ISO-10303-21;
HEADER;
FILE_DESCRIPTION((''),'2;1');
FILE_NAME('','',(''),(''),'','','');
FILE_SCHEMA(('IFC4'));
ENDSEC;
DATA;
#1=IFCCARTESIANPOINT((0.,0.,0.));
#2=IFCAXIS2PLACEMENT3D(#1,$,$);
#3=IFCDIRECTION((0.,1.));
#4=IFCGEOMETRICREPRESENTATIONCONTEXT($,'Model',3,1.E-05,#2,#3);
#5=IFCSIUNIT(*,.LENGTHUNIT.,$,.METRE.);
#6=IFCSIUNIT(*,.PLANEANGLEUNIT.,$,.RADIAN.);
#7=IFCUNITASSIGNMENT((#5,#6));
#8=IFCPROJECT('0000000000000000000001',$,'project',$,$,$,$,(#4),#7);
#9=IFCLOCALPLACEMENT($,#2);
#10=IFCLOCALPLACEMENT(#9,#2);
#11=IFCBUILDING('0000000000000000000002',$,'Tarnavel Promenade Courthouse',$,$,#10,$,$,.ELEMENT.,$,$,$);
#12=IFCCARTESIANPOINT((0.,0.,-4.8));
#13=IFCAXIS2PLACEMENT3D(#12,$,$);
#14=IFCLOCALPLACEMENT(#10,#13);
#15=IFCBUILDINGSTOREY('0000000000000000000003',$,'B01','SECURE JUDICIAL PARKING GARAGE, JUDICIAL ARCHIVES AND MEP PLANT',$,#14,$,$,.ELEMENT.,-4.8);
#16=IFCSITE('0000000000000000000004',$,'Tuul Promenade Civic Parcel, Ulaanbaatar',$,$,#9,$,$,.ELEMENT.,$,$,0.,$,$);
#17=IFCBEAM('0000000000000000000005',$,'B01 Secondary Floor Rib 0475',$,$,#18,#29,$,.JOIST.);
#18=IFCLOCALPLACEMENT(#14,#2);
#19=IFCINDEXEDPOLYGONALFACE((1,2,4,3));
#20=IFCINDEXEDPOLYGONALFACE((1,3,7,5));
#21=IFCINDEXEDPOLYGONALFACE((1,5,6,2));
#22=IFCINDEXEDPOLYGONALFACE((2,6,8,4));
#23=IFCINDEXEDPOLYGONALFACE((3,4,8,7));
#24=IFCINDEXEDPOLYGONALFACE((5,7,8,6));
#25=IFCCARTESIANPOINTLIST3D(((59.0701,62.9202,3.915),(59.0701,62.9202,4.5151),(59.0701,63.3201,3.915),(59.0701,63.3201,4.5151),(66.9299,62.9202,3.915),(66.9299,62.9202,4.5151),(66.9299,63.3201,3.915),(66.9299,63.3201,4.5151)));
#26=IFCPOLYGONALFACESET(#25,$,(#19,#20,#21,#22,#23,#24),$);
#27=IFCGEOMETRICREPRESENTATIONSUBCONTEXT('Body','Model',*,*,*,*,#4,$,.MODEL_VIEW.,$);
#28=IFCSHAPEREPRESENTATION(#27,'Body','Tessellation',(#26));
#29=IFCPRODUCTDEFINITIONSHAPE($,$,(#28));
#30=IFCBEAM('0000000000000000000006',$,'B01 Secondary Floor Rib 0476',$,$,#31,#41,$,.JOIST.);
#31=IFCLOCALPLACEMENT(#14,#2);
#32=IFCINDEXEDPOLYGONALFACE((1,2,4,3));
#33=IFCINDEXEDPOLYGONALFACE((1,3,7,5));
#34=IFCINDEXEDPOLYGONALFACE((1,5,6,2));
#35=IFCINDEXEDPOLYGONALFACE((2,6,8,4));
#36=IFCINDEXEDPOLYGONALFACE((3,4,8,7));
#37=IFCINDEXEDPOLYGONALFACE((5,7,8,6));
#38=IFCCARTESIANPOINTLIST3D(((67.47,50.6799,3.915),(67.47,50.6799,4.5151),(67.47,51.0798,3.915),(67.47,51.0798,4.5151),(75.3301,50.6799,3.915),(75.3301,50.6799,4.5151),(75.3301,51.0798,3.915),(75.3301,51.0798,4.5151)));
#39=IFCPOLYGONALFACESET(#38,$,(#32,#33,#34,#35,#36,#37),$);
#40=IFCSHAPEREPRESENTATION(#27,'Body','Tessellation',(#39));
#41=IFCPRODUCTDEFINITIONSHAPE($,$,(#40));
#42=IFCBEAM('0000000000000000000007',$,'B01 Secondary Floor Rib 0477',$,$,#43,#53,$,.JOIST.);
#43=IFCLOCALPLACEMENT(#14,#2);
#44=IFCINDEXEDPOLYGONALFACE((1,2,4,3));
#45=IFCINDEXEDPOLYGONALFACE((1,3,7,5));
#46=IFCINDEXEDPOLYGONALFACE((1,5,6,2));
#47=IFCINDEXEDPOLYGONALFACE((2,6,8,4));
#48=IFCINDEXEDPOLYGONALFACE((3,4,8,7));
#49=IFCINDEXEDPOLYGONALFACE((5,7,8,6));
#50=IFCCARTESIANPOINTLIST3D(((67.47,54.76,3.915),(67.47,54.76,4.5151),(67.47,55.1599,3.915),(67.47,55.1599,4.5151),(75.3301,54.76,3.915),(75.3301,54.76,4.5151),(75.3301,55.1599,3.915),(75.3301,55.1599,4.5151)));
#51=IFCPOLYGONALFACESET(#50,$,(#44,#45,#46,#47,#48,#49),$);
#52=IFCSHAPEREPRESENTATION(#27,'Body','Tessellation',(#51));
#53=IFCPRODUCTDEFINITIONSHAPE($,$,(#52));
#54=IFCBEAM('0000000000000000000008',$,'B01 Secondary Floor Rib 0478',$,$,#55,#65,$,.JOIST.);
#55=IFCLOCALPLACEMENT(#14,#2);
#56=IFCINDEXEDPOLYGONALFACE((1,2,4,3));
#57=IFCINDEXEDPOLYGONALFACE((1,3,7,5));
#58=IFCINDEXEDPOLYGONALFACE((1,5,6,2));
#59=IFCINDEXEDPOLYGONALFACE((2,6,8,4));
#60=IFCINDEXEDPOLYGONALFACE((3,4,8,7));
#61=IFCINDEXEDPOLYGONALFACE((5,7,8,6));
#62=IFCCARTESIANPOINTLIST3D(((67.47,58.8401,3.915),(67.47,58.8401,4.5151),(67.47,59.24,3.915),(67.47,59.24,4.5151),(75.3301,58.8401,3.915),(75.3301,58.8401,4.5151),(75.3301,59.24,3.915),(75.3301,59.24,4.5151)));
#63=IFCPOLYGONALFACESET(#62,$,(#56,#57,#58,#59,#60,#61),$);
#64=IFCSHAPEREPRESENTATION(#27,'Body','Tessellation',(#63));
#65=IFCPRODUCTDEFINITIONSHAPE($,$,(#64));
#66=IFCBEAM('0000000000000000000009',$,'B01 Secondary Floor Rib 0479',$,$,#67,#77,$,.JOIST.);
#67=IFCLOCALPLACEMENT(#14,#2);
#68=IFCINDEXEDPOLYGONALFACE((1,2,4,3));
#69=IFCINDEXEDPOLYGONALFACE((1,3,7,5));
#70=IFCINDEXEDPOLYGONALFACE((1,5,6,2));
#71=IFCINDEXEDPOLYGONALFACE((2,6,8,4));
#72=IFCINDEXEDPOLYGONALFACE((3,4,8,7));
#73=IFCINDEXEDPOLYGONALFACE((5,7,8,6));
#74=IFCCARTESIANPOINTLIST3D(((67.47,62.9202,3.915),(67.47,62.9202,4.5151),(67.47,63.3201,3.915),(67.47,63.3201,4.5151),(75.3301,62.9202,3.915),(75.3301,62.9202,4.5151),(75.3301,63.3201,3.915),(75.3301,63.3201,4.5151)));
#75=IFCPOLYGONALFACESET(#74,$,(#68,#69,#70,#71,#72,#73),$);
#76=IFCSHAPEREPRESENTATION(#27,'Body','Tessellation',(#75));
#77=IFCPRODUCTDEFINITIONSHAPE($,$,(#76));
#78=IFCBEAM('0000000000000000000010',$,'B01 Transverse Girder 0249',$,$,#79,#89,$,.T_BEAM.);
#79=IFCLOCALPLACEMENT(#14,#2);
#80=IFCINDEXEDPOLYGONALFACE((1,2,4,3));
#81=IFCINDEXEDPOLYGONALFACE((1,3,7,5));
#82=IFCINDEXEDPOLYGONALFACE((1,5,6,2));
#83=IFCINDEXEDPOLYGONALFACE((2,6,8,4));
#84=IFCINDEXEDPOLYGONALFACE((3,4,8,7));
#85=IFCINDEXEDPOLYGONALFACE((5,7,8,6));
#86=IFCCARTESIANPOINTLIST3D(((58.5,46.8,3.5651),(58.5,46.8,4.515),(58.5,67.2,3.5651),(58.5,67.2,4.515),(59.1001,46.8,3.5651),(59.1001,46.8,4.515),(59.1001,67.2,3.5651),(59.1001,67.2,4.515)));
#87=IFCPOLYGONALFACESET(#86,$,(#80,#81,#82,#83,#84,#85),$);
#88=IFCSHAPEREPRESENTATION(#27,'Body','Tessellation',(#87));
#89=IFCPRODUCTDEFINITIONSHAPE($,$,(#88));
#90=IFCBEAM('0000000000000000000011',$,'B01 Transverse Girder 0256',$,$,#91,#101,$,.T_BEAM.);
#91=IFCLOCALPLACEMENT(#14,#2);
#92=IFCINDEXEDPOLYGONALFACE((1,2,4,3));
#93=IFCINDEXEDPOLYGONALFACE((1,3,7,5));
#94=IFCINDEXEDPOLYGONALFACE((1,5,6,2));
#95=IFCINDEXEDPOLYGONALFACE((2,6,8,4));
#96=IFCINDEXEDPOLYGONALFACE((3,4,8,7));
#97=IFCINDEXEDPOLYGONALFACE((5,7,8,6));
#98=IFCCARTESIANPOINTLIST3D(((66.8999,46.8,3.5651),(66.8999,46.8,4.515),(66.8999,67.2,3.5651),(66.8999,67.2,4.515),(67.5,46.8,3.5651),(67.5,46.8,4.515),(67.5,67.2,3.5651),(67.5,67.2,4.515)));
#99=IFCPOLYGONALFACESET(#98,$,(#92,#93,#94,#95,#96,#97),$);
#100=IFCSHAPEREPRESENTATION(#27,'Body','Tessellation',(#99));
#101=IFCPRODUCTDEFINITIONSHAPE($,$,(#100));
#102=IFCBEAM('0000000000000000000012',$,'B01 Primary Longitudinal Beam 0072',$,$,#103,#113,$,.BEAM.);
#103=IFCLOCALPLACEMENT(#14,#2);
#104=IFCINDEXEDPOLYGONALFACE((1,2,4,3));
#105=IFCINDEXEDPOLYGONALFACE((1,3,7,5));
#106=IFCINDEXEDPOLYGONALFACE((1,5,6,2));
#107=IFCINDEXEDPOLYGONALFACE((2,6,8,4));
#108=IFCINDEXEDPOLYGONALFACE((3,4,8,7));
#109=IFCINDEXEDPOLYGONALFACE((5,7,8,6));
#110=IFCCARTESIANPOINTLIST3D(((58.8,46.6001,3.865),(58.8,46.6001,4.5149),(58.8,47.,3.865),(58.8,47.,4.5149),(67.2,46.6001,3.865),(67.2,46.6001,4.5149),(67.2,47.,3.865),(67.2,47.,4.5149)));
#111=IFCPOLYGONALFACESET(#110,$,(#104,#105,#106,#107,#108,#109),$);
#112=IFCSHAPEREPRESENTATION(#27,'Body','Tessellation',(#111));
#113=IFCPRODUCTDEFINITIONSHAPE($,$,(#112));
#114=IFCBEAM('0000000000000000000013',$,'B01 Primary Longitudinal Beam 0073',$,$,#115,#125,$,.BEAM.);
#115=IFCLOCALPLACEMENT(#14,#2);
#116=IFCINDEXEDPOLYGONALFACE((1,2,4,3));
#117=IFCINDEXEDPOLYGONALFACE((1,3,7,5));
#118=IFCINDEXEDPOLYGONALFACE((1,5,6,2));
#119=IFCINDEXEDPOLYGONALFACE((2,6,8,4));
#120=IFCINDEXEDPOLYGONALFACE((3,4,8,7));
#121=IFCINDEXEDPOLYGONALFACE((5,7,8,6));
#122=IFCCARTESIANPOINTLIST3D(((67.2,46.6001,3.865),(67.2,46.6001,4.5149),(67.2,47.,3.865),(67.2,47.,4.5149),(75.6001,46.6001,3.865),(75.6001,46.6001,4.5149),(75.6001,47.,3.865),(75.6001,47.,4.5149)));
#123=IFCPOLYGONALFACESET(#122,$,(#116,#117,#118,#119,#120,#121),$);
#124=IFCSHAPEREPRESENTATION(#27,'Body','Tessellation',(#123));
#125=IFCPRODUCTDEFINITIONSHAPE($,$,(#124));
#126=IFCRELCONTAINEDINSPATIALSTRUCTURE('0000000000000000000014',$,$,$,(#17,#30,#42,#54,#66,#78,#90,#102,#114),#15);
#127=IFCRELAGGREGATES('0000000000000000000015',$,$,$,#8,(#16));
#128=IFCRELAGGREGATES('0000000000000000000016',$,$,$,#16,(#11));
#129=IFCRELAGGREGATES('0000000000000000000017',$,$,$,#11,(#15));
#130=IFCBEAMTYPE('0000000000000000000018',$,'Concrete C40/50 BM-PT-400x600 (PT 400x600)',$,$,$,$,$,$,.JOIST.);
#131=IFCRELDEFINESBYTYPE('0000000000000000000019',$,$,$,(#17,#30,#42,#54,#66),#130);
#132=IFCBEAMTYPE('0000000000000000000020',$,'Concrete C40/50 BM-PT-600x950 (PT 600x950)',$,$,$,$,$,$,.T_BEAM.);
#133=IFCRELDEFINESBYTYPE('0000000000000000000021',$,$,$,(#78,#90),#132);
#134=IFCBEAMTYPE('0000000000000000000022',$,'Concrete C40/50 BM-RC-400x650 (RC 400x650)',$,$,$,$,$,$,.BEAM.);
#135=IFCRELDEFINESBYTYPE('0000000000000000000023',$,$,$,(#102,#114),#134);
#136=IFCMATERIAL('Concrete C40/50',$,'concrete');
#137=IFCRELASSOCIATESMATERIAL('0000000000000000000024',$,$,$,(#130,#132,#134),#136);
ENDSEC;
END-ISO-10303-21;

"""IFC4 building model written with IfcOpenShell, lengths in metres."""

from ifc_helpers import new_model, si_unit, direction, frame, origin, origin_2d, place, context, subcontext, project, spatial, rectangle, extrude, material, material_profile, profile_set, type_object, element, save


model = new_model("IFC4")

# Units and contexts
model_context = context("Model", 3, precision=1e-05, world=origin(), true_north=direction((0.0, 1.0)))
body_context = subcontext(model_context, "Body", "Model", "MODEL_VIEW")
ifc_project = project(units=[si_unit("LENGTHUNIT", "METRE"), si_unit("PLANEANGLEUNIT", "RADIAN")], contexts=[model_context])

# Site, building, storey
site_placement = place(None, origin())
site = spatial("IfcSite", under=ifc_project, at=site_placement, Name="Tuul Promenade Civic Parcel, Ulaanbaatar", CompositionType="ELEMENT", RefElevation=0.0)
building_placement = place(site_placement, origin())
building = spatial("IfcBuilding", under=site, at=building_placement, Name="Tarnavel Promenade Courthouse", CompositionType="ELEMENT")
storey_placement = place(building_placement, frame((0.0, 0.0, -4.8)))
storey = spatial("IfcBuildingStorey", under=building, at=storey_placement, Name="B01", Description="SECURE JUDICIAL PARKING GARAGE, JUDICIAL ARCHIVES AND MEP PLANT", CompositionType="ELEMENT", Elevation=-4.8)

# Shared definitions
ifc_material_1 = material(Name="Concrete C40/50", Category="concrete")

# Beams
ifc_material_profile_1 = material_profile(ifc_material_1, rectangle(XDim=0.3999, YDim=0.6001, at=origin_2d()), Name="PT 400x600")
ifc_profile_set_1 = profile_set([ifc_material_profile_1], Name="Concrete C40/50")
beam_type_1 = type_object("IfcBeamType", Name="Concrete C40/50 BM-PT-400x600 (PT 400x600)", PredefinedType="JOIST", material=ifc_profile_set_1)
for number, where, z_axis, x_axis, name in (
    (1, (59.0701, 63.1201, 4.2151), (1.0, 0.0, 0.0), (0.0, 1.0, 0.0), "B01 Secondary Floor Rib 0475"),
):
    element("IfcBeam", number, at=place(storey_placement, frame(where, z_axis=z_axis, x_axis=x_axis)), inside=storey, type_object=beam_type_1, Name=name, PredefinedType="JOIST", context=body_context, shape_type="SweptSolid", body=[
        extrude(rectangle(XDim=0.3999, YDim=0.6001, at=origin_2d()), origin(), (0.0, 0.0, 1.0), 7.8599),
    ])
for number, where, z_axis, x_axis, name in (
    (2, (67.47, 50.8799, 4.2151), (1.0, 0.0, 0.0), (0.0, 1.0, 0.0), "B01 Secondary Floor Rib 0476"),
    (3, (67.47, 54.96, 4.2151), (1.0, 0.0, 0.0), (0.0, 1.0, 0.0), "B01 Secondary Floor Rib 0477"),
    (4, (67.47, 59.04, 4.2151), (1.0, 0.0, 0.0), (0.0, 1.0, 0.0), "B01 Secondary Floor Rib 0478"),
    (5, (67.47, 63.1201, 4.2151), (1.0, 0.0, 0.0), (0.0, 1.0, 0.0), "B01 Secondary Floor Rib 0479"),
):
    element("IfcBeam", number, at=place(storey_placement, frame(where, z_axis=z_axis, x_axis=x_axis)), inside=storey, type_object=beam_type_1, Name=name, PredefinedType="JOIST", context=body_context, shape_type="SweptSolid", body=[
        extrude(rectangle(XDim=0.3999, YDim=0.6001, at=origin_2d()), origin(), (0.0, 0.0, 1.0), 7.8601),
    ])
ifc_material_profile_2 = material_profile(ifc_material_1, rectangle(XDim=0.6001, YDim=0.95, at=origin_2d()), Name="PT 600x950")
ifc_profile_set_2 = profile_set([ifc_material_profile_2], Name="Concrete C40/50")
beam_type_2 = type_object("IfcBeamType", Name="Concrete C40/50 BM-PT-600x950 (PT 600x950)", PredefinedType="T_BEAM", material=ifc_profile_set_2)
for number, where, z_axis, x_axis, name in (
    (6, (58.8, 46.8, 4.04), (0.0, 1.0, 0.0), (-1.0, 0.0, 0.0), "B01 Transverse Girder 0249"),
    (7, (67.2, 46.8, 4.04), (0.0, 1.0, 0.0), (-1.0, 0.0, 0.0), "B01 Transverse Girder 0256"),
):
    element("IfcBeam", number, at=place(storey_placement, frame(where, z_axis=z_axis, x_axis=x_axis)), inside=storey, type_object=beam_type_2, Name=name, PredefinedType="T_BEAM", context=body_context, shape_type="SweptSolid", body=[
        extrude(rectangle(XDim=0.6001, YDim=0.95, at=origin_2d()), origin(), (0.0, 0.0, 1.0), 20.3999),
    ])
ifc_material_profile_3 = material_profile(ifc_material_1, rectangle(XDim=0.3999, YDim=0.6499, at=origin_2d()), Name="RC 400x650")
ifc_profile_set_3 = profile_set([ifc_material_profile_3], Name="Concrete C40/50")
beam_type_3 = type_object("IfcBeamType", Name="Concrete C40/50 BM-RC-400x650 (RC 400x650)", PredefinedType="BEAM", material=ifc_profile_set_3)
beam_1_placement = place(storey_placement, frame((58.8, 46.8, 4.1899), z_axis=(1.0, 0.0, 0.0), x_axis=(0.0, 1.0, 0.0)))
element("IfcBeam", 8, at=beam_1_placement, inside=storey, type_object=beam_type_3, Name="B01 Primary Longitudinal Beam 0072", PredefinedType="BEAM", context=body_context, shape_type="SweptSolid", body=[
    extrude(rectangle(XDim=0.3999, YDim=0.6499, at=origin_2d()), origin(), (0.0, 0.0, 1.0), 8.3999),
])
beam_2_placement = place(storey_placement, frame((67.2, 46.8, 4.1899), z_axis=(1.0, 0.0, 0.0), x_axis=(0.0, 1.0, 0.0)))
element("IfcBeam", 9, at=beam_2_placement, inside=storey, type_object=beam_type_3, Name="B01 Primary Longitudinal Beam 0073", PredefinedType="BEAM", context=body_context, shape_type="SweptSolid", body=[
    extrude(rectangle(XDim=0.3999, YDim=0.6499, at=origin_2d()), origin(), (0.0, 0.0, 1.0), 8.4001),
])

save(model, "model.ifc")
